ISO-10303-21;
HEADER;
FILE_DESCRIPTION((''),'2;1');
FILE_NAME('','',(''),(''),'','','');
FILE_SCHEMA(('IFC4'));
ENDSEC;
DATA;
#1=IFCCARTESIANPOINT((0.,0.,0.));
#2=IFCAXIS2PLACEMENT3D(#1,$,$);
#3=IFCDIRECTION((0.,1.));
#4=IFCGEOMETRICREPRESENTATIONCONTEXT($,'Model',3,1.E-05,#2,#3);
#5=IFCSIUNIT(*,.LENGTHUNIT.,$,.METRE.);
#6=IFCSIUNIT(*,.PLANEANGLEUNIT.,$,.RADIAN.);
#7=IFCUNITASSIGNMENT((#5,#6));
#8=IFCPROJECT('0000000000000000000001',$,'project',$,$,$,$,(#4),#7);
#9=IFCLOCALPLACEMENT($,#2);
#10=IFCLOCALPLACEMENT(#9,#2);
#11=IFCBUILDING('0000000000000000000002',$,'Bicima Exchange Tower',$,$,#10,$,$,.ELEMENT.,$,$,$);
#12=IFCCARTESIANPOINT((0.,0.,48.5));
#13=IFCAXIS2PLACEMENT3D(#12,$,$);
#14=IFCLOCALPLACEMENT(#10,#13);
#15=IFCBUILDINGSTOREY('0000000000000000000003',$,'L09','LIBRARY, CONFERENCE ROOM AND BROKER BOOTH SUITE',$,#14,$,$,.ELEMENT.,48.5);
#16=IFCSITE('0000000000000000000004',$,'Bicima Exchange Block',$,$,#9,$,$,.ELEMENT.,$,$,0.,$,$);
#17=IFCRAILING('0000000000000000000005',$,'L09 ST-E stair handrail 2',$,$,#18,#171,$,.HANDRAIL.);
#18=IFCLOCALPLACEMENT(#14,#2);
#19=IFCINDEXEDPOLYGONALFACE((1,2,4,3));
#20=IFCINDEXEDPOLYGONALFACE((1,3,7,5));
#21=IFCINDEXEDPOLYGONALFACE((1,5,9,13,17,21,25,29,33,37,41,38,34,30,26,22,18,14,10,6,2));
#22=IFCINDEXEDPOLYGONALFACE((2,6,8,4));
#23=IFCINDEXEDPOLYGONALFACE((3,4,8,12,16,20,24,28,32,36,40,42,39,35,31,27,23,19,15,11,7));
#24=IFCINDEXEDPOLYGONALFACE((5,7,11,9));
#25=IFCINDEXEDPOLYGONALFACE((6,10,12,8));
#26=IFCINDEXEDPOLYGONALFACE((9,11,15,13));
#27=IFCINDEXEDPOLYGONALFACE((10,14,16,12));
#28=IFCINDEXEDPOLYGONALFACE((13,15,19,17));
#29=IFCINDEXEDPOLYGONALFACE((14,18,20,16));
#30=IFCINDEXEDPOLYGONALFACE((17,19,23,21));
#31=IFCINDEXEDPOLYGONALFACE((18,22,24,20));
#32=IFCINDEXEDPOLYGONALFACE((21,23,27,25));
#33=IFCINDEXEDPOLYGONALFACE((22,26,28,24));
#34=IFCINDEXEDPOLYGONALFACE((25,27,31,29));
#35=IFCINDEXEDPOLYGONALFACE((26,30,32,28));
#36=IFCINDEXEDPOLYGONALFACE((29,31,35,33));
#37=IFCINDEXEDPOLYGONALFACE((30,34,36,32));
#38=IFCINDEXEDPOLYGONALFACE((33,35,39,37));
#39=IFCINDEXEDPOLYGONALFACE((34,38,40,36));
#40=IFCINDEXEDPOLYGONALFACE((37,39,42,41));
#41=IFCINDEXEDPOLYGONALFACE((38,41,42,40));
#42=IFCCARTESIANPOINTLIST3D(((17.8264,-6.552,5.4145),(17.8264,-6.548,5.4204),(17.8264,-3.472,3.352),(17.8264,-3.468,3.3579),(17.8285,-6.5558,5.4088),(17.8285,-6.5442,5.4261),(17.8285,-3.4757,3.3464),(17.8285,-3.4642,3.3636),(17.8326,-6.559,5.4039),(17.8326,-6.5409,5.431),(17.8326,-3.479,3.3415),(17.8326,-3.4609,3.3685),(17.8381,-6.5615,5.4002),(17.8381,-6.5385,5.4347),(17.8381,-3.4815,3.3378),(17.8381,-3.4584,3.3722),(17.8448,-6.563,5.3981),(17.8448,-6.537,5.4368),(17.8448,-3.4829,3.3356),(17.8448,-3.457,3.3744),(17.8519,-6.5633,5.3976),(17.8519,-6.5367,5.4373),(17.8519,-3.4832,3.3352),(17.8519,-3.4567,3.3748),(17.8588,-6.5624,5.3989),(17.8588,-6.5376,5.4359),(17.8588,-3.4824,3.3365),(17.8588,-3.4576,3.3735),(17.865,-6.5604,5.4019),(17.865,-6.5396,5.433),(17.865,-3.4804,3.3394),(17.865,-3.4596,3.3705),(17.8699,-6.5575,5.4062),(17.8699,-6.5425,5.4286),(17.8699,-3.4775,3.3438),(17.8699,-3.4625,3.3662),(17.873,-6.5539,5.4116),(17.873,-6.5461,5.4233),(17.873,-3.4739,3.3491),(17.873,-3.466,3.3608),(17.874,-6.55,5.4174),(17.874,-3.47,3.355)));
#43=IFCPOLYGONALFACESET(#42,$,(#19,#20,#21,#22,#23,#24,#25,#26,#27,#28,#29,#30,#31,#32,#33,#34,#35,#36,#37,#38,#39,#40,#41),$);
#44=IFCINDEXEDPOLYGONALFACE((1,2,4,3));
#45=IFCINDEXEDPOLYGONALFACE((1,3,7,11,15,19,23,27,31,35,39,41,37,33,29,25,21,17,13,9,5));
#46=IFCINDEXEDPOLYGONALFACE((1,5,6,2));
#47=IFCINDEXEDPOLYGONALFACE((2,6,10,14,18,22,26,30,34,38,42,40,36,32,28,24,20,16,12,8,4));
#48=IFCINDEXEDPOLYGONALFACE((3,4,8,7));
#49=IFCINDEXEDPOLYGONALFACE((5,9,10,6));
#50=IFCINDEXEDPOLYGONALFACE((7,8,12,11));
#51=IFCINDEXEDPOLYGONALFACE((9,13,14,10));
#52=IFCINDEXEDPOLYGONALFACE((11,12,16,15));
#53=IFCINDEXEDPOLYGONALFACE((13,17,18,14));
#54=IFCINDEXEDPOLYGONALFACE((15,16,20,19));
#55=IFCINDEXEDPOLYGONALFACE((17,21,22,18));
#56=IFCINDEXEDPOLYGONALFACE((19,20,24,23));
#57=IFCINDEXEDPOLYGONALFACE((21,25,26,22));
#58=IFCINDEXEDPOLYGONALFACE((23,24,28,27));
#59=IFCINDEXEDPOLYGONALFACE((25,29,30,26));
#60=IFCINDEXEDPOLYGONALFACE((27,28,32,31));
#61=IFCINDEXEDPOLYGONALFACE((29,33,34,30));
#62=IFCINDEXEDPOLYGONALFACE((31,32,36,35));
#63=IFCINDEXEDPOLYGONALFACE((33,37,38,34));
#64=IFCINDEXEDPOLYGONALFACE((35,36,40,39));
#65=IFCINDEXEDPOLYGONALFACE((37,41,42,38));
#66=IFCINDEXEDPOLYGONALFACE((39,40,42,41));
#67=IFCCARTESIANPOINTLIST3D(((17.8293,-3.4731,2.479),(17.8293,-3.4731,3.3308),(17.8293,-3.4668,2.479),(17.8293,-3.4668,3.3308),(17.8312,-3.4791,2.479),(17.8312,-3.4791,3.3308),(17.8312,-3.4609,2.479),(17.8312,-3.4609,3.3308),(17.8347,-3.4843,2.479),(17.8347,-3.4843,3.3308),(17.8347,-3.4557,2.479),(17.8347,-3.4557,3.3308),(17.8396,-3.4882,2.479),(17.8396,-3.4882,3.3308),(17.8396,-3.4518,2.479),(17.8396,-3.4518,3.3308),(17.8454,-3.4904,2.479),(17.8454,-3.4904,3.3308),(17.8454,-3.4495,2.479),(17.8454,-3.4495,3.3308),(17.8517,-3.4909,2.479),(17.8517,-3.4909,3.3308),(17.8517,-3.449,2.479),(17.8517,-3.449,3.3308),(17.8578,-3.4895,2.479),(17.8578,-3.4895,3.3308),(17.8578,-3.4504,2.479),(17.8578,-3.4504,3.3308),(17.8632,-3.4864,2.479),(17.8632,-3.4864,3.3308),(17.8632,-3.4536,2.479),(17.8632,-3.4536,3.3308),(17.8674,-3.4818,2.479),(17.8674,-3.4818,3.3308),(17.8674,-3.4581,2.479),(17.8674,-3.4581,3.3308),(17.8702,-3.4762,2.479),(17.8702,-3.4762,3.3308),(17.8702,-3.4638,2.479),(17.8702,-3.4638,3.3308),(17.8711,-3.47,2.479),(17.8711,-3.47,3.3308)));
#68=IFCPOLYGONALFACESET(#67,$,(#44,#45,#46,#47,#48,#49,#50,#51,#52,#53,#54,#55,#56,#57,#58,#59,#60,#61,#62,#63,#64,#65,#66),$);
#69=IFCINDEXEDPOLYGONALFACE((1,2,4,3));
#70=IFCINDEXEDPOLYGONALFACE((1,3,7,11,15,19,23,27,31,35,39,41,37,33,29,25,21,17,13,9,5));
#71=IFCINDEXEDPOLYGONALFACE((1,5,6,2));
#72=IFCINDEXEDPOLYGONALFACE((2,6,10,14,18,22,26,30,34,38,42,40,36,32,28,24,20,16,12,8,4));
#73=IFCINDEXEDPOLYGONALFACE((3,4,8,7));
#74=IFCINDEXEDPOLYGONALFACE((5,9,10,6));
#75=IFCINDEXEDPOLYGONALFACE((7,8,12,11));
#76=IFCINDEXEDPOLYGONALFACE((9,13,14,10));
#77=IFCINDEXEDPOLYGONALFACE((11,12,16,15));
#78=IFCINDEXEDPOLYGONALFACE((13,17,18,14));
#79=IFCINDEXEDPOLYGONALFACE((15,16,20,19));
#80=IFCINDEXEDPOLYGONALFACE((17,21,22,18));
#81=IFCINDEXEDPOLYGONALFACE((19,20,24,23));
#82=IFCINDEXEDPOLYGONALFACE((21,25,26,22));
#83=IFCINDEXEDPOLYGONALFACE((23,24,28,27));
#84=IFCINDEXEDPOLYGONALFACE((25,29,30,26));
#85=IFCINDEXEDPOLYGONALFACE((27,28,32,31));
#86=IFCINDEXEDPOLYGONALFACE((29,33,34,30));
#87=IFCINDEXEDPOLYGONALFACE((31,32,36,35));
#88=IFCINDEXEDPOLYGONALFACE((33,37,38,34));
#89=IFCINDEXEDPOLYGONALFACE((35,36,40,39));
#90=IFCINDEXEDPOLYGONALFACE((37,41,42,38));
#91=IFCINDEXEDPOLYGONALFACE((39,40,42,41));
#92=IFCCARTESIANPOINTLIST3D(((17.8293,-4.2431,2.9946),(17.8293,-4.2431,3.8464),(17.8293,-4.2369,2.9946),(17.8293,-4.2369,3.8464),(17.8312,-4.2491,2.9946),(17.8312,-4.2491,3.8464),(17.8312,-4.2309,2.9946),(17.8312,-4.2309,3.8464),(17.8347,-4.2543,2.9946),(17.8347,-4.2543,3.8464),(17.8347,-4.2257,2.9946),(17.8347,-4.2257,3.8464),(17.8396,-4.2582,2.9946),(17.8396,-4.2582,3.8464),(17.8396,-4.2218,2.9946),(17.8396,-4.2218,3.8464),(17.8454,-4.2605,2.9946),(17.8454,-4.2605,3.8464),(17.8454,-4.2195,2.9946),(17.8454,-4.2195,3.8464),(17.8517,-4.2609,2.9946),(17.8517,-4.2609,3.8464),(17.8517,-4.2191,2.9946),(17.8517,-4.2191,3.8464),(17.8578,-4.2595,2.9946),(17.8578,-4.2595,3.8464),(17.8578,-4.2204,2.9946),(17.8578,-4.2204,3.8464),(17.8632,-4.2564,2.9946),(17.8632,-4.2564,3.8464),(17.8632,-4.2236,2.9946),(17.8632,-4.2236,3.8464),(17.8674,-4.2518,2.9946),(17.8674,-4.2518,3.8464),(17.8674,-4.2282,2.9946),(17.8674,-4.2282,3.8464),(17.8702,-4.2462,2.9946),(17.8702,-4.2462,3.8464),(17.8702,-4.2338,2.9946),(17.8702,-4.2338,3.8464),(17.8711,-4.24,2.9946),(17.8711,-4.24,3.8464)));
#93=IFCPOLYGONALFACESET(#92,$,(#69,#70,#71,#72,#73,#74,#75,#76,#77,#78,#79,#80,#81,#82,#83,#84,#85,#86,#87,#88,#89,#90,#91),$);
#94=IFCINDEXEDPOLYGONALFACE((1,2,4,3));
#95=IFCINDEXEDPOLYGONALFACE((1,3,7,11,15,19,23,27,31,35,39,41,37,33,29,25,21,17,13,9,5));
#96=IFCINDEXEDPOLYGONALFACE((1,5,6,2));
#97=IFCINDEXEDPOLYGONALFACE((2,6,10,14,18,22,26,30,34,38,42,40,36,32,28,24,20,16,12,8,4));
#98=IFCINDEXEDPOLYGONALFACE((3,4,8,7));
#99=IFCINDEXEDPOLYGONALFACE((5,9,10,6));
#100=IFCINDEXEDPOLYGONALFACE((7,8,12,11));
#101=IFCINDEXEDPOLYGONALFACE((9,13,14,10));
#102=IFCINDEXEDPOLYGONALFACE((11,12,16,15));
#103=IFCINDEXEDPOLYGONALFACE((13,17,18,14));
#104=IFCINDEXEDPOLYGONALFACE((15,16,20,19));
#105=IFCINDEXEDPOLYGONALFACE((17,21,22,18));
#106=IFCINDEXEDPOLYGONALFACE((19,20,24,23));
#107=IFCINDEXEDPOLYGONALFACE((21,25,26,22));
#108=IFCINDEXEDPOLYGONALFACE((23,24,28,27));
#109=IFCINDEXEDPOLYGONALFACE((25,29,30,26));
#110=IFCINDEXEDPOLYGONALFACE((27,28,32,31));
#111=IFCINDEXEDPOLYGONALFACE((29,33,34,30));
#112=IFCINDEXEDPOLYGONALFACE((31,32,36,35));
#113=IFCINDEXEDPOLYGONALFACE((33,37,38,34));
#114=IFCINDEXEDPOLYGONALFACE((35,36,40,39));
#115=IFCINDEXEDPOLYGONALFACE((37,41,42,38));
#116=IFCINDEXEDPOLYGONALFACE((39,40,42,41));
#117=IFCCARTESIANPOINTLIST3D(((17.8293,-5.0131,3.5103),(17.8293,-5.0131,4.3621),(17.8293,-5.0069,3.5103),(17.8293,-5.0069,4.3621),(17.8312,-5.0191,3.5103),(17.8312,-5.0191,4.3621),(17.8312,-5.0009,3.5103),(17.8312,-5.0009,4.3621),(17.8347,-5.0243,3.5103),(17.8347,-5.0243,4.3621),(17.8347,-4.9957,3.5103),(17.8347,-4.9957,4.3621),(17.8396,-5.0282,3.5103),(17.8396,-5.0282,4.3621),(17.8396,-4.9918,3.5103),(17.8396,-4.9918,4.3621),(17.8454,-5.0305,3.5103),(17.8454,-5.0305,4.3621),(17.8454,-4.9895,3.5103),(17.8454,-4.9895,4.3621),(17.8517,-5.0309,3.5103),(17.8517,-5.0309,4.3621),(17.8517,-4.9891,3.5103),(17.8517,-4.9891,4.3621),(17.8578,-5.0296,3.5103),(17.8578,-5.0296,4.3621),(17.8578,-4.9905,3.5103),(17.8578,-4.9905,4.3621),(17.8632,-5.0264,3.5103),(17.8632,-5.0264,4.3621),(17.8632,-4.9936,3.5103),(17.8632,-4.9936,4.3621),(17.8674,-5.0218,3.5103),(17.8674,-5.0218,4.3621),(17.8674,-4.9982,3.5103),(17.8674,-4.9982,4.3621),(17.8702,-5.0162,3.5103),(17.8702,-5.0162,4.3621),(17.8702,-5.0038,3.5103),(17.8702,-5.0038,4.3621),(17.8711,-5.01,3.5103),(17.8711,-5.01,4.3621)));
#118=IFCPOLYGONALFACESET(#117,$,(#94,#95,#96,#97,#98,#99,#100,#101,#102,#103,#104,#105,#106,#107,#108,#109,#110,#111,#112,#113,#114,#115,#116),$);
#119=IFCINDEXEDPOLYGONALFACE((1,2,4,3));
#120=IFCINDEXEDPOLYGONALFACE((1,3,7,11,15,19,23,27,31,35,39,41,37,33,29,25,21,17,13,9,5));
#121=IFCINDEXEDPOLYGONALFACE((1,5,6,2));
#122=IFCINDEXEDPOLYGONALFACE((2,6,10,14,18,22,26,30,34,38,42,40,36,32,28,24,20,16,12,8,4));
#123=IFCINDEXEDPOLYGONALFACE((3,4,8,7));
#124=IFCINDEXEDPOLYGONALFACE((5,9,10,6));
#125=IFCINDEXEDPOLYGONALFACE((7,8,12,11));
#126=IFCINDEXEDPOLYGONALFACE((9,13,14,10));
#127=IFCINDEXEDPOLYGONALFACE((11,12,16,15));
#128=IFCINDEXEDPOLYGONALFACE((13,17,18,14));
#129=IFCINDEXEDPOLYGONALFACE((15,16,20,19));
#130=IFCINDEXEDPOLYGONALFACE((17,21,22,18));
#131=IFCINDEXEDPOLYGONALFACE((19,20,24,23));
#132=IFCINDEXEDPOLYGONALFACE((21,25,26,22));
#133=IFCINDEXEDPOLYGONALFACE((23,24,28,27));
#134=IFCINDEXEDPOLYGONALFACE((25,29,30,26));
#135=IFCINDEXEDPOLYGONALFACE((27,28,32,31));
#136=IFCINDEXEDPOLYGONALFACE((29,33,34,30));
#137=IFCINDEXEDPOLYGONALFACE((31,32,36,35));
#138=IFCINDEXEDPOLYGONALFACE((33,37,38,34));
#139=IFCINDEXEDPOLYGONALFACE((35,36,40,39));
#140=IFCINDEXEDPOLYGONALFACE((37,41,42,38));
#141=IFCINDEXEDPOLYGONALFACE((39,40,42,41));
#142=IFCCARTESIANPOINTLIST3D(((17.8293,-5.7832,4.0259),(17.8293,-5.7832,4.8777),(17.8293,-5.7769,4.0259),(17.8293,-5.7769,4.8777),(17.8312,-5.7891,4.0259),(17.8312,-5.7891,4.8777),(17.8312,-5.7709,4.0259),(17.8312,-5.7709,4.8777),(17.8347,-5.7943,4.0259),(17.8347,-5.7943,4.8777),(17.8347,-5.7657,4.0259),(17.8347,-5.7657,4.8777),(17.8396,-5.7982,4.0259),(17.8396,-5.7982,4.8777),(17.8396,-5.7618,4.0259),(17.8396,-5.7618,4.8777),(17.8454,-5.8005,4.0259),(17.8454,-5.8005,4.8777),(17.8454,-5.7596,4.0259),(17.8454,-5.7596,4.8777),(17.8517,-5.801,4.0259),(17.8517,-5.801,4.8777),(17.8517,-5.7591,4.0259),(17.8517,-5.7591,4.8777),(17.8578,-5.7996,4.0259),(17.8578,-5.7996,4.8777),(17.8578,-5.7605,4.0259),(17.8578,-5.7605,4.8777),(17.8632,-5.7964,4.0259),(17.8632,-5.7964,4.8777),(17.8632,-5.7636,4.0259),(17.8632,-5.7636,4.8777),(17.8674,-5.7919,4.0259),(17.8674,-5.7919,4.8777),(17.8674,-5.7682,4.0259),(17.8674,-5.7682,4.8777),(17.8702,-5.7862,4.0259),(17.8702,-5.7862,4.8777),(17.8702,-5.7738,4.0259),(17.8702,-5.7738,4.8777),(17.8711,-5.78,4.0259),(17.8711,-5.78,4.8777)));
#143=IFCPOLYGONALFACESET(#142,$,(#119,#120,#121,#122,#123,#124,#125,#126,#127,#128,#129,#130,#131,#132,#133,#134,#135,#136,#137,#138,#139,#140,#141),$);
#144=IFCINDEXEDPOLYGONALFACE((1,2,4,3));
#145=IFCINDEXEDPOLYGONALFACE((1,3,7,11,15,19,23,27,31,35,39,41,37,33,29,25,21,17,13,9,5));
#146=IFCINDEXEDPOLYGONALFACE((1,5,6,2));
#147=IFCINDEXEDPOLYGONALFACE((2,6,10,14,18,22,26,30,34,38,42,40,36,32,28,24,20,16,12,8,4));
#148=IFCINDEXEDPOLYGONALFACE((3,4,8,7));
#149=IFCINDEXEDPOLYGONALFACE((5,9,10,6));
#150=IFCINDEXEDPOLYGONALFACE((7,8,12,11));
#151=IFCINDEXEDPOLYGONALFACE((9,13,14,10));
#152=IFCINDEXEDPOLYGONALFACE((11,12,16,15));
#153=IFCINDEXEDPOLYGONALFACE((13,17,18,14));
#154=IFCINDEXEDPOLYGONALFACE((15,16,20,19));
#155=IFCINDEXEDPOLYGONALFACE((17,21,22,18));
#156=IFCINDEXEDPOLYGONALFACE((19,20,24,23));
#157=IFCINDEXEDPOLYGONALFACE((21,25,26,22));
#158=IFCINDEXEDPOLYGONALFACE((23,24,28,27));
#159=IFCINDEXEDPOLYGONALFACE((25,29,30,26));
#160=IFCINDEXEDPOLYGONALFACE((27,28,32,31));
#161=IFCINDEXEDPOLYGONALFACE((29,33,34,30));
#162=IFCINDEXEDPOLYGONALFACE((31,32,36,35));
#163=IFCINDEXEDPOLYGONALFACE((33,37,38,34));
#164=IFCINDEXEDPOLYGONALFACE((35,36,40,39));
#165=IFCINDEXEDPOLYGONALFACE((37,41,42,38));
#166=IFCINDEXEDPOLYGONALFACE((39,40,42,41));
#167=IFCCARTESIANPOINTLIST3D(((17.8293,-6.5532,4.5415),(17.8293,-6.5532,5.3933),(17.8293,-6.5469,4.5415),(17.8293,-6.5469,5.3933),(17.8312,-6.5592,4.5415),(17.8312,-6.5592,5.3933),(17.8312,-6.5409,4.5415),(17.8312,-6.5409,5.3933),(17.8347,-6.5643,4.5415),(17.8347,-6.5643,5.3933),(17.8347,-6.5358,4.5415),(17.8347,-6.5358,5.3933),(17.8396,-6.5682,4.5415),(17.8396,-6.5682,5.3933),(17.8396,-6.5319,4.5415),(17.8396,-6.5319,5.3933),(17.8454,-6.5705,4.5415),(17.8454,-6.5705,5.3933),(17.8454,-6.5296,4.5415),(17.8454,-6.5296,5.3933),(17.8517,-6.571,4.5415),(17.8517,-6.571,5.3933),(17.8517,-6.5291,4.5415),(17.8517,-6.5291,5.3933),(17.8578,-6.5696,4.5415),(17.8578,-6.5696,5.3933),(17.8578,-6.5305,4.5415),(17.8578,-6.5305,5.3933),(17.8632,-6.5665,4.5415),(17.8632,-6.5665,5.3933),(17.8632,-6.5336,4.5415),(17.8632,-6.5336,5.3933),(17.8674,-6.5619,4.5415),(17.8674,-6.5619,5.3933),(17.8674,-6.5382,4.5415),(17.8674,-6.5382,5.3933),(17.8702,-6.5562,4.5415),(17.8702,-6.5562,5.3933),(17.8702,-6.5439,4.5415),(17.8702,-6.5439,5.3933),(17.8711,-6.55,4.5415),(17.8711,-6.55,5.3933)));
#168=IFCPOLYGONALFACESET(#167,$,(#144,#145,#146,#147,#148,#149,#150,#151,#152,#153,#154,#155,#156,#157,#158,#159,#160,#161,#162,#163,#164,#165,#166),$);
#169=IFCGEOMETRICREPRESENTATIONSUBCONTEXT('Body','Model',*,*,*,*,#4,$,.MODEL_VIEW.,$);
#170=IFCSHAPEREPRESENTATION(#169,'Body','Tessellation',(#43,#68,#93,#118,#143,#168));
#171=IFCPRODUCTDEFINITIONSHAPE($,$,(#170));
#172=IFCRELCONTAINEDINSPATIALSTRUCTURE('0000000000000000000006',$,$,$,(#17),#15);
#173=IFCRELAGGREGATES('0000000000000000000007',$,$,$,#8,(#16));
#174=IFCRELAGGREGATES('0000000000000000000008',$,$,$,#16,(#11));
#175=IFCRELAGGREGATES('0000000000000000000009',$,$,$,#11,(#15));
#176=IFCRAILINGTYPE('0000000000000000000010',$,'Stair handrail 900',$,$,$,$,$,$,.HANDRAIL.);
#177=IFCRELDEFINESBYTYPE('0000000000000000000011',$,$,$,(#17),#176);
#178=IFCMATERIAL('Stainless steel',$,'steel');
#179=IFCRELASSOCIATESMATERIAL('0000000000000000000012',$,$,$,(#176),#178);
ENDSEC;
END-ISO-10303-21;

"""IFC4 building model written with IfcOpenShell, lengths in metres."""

from ifc_helpers import new_model, si_unit, direction, frame, origin, origin_2d, place, context, subcontext, project, spatial, circle, extrude, material, type_object, element, save


model = new_model("IFC4")

# Units and contexts
model_context = context("Model", 3, precision=1e-05, world=origin(), true_north=direction((0.0, 1.0)))
body_context = subcontext(model_context, "Body", "Model", "MODEL_VIEW")
ifc_project = project(units=[si_unit("LENGTHUNIT", "METRE"), si_unit("PLANEANGLEUNIT", "RADIAN")], contexts=[model_context])

# Site, building, storey
site_placement = place(None, origin())
site = spatial("IfcSite", under=ifc_project, at=site_placement, Name="Bicima Exchange Block", CompositionType="ELEMENT", RefElevation=0.0)
building_placement = place(site_placement, origin())
building = spatial("IfcBuilding", under=site, at=building_placement, Name="Bicima Exchange Tower", CompositionType="ELEMENT")
storey_placement = place(building_placement, frame((0.0, 0.0, 48.5)))
storey = spatial("IfcBuildingStorey", under=building, at=storey_placement, Name="L09", Description="LIBRARY, CONFERENCE ROOM AND BROKER BOOTH SUITE", CompositionType="ELEMENT", Elevation=48.5)

# Railing
ifc_material_1 = material(Name="Stainless steel", Category="steel")
railing_type_1 = type_object("IfcRailingType", Name="Stair handrail 900", PredefinedType="HANDRAIL", material=ifc_material_1)
railing_1_placement = place(storey_placement, frame((17.8501, -3.47, 2.479)))
element("IfcRailing", 1, at=railing_1_placement, inside=storey, type_object=railing_type_1, Name="L09 ST-E stair handrail 2", PredefinedType="HANDRAIL", context=body_context, shape_type="SweptSolid", body=[
    extrude(circle(Radius=0.0239, at=origin_2d()), frame((0.0, 0.0, 0.876), z_axis=(0.0, -0.830914, 0.556401), x_axis=(1.0, 0.0, 0.0)), (0.0, 0.0, 1.0), 3.7068),
    extrude(circle(Radius=0.021, at=origin_2d()), origin(), (0.0, 0.0, 1.0), 0.8518),
    extrude(circle(Radius=0.021, at=origin_2d()), frame((0.0, -0.77, 0.5156)), (0.0, 0.0, 1.0), 0.8518),
    extrude(circle(Radius=0.021, at=origin_2d()), frame((0.0, -1.54, 1.0312)), (0.0, 0.0, 1.0), 0.8518),
    extrude(circle(Radius=0.021, at=origin_2d()), frame((0.0, -2.3101, 1.5469)), (0.0, 0.0, 1.0), 0.8518),
    extrude(circle(Radius=0.021, at=origin_2d()), frame((0.0, -3.0801, 2.0625)), (0.0, 0.0, 1.0), 0.8518),
])

save(model, "model.ifc")
